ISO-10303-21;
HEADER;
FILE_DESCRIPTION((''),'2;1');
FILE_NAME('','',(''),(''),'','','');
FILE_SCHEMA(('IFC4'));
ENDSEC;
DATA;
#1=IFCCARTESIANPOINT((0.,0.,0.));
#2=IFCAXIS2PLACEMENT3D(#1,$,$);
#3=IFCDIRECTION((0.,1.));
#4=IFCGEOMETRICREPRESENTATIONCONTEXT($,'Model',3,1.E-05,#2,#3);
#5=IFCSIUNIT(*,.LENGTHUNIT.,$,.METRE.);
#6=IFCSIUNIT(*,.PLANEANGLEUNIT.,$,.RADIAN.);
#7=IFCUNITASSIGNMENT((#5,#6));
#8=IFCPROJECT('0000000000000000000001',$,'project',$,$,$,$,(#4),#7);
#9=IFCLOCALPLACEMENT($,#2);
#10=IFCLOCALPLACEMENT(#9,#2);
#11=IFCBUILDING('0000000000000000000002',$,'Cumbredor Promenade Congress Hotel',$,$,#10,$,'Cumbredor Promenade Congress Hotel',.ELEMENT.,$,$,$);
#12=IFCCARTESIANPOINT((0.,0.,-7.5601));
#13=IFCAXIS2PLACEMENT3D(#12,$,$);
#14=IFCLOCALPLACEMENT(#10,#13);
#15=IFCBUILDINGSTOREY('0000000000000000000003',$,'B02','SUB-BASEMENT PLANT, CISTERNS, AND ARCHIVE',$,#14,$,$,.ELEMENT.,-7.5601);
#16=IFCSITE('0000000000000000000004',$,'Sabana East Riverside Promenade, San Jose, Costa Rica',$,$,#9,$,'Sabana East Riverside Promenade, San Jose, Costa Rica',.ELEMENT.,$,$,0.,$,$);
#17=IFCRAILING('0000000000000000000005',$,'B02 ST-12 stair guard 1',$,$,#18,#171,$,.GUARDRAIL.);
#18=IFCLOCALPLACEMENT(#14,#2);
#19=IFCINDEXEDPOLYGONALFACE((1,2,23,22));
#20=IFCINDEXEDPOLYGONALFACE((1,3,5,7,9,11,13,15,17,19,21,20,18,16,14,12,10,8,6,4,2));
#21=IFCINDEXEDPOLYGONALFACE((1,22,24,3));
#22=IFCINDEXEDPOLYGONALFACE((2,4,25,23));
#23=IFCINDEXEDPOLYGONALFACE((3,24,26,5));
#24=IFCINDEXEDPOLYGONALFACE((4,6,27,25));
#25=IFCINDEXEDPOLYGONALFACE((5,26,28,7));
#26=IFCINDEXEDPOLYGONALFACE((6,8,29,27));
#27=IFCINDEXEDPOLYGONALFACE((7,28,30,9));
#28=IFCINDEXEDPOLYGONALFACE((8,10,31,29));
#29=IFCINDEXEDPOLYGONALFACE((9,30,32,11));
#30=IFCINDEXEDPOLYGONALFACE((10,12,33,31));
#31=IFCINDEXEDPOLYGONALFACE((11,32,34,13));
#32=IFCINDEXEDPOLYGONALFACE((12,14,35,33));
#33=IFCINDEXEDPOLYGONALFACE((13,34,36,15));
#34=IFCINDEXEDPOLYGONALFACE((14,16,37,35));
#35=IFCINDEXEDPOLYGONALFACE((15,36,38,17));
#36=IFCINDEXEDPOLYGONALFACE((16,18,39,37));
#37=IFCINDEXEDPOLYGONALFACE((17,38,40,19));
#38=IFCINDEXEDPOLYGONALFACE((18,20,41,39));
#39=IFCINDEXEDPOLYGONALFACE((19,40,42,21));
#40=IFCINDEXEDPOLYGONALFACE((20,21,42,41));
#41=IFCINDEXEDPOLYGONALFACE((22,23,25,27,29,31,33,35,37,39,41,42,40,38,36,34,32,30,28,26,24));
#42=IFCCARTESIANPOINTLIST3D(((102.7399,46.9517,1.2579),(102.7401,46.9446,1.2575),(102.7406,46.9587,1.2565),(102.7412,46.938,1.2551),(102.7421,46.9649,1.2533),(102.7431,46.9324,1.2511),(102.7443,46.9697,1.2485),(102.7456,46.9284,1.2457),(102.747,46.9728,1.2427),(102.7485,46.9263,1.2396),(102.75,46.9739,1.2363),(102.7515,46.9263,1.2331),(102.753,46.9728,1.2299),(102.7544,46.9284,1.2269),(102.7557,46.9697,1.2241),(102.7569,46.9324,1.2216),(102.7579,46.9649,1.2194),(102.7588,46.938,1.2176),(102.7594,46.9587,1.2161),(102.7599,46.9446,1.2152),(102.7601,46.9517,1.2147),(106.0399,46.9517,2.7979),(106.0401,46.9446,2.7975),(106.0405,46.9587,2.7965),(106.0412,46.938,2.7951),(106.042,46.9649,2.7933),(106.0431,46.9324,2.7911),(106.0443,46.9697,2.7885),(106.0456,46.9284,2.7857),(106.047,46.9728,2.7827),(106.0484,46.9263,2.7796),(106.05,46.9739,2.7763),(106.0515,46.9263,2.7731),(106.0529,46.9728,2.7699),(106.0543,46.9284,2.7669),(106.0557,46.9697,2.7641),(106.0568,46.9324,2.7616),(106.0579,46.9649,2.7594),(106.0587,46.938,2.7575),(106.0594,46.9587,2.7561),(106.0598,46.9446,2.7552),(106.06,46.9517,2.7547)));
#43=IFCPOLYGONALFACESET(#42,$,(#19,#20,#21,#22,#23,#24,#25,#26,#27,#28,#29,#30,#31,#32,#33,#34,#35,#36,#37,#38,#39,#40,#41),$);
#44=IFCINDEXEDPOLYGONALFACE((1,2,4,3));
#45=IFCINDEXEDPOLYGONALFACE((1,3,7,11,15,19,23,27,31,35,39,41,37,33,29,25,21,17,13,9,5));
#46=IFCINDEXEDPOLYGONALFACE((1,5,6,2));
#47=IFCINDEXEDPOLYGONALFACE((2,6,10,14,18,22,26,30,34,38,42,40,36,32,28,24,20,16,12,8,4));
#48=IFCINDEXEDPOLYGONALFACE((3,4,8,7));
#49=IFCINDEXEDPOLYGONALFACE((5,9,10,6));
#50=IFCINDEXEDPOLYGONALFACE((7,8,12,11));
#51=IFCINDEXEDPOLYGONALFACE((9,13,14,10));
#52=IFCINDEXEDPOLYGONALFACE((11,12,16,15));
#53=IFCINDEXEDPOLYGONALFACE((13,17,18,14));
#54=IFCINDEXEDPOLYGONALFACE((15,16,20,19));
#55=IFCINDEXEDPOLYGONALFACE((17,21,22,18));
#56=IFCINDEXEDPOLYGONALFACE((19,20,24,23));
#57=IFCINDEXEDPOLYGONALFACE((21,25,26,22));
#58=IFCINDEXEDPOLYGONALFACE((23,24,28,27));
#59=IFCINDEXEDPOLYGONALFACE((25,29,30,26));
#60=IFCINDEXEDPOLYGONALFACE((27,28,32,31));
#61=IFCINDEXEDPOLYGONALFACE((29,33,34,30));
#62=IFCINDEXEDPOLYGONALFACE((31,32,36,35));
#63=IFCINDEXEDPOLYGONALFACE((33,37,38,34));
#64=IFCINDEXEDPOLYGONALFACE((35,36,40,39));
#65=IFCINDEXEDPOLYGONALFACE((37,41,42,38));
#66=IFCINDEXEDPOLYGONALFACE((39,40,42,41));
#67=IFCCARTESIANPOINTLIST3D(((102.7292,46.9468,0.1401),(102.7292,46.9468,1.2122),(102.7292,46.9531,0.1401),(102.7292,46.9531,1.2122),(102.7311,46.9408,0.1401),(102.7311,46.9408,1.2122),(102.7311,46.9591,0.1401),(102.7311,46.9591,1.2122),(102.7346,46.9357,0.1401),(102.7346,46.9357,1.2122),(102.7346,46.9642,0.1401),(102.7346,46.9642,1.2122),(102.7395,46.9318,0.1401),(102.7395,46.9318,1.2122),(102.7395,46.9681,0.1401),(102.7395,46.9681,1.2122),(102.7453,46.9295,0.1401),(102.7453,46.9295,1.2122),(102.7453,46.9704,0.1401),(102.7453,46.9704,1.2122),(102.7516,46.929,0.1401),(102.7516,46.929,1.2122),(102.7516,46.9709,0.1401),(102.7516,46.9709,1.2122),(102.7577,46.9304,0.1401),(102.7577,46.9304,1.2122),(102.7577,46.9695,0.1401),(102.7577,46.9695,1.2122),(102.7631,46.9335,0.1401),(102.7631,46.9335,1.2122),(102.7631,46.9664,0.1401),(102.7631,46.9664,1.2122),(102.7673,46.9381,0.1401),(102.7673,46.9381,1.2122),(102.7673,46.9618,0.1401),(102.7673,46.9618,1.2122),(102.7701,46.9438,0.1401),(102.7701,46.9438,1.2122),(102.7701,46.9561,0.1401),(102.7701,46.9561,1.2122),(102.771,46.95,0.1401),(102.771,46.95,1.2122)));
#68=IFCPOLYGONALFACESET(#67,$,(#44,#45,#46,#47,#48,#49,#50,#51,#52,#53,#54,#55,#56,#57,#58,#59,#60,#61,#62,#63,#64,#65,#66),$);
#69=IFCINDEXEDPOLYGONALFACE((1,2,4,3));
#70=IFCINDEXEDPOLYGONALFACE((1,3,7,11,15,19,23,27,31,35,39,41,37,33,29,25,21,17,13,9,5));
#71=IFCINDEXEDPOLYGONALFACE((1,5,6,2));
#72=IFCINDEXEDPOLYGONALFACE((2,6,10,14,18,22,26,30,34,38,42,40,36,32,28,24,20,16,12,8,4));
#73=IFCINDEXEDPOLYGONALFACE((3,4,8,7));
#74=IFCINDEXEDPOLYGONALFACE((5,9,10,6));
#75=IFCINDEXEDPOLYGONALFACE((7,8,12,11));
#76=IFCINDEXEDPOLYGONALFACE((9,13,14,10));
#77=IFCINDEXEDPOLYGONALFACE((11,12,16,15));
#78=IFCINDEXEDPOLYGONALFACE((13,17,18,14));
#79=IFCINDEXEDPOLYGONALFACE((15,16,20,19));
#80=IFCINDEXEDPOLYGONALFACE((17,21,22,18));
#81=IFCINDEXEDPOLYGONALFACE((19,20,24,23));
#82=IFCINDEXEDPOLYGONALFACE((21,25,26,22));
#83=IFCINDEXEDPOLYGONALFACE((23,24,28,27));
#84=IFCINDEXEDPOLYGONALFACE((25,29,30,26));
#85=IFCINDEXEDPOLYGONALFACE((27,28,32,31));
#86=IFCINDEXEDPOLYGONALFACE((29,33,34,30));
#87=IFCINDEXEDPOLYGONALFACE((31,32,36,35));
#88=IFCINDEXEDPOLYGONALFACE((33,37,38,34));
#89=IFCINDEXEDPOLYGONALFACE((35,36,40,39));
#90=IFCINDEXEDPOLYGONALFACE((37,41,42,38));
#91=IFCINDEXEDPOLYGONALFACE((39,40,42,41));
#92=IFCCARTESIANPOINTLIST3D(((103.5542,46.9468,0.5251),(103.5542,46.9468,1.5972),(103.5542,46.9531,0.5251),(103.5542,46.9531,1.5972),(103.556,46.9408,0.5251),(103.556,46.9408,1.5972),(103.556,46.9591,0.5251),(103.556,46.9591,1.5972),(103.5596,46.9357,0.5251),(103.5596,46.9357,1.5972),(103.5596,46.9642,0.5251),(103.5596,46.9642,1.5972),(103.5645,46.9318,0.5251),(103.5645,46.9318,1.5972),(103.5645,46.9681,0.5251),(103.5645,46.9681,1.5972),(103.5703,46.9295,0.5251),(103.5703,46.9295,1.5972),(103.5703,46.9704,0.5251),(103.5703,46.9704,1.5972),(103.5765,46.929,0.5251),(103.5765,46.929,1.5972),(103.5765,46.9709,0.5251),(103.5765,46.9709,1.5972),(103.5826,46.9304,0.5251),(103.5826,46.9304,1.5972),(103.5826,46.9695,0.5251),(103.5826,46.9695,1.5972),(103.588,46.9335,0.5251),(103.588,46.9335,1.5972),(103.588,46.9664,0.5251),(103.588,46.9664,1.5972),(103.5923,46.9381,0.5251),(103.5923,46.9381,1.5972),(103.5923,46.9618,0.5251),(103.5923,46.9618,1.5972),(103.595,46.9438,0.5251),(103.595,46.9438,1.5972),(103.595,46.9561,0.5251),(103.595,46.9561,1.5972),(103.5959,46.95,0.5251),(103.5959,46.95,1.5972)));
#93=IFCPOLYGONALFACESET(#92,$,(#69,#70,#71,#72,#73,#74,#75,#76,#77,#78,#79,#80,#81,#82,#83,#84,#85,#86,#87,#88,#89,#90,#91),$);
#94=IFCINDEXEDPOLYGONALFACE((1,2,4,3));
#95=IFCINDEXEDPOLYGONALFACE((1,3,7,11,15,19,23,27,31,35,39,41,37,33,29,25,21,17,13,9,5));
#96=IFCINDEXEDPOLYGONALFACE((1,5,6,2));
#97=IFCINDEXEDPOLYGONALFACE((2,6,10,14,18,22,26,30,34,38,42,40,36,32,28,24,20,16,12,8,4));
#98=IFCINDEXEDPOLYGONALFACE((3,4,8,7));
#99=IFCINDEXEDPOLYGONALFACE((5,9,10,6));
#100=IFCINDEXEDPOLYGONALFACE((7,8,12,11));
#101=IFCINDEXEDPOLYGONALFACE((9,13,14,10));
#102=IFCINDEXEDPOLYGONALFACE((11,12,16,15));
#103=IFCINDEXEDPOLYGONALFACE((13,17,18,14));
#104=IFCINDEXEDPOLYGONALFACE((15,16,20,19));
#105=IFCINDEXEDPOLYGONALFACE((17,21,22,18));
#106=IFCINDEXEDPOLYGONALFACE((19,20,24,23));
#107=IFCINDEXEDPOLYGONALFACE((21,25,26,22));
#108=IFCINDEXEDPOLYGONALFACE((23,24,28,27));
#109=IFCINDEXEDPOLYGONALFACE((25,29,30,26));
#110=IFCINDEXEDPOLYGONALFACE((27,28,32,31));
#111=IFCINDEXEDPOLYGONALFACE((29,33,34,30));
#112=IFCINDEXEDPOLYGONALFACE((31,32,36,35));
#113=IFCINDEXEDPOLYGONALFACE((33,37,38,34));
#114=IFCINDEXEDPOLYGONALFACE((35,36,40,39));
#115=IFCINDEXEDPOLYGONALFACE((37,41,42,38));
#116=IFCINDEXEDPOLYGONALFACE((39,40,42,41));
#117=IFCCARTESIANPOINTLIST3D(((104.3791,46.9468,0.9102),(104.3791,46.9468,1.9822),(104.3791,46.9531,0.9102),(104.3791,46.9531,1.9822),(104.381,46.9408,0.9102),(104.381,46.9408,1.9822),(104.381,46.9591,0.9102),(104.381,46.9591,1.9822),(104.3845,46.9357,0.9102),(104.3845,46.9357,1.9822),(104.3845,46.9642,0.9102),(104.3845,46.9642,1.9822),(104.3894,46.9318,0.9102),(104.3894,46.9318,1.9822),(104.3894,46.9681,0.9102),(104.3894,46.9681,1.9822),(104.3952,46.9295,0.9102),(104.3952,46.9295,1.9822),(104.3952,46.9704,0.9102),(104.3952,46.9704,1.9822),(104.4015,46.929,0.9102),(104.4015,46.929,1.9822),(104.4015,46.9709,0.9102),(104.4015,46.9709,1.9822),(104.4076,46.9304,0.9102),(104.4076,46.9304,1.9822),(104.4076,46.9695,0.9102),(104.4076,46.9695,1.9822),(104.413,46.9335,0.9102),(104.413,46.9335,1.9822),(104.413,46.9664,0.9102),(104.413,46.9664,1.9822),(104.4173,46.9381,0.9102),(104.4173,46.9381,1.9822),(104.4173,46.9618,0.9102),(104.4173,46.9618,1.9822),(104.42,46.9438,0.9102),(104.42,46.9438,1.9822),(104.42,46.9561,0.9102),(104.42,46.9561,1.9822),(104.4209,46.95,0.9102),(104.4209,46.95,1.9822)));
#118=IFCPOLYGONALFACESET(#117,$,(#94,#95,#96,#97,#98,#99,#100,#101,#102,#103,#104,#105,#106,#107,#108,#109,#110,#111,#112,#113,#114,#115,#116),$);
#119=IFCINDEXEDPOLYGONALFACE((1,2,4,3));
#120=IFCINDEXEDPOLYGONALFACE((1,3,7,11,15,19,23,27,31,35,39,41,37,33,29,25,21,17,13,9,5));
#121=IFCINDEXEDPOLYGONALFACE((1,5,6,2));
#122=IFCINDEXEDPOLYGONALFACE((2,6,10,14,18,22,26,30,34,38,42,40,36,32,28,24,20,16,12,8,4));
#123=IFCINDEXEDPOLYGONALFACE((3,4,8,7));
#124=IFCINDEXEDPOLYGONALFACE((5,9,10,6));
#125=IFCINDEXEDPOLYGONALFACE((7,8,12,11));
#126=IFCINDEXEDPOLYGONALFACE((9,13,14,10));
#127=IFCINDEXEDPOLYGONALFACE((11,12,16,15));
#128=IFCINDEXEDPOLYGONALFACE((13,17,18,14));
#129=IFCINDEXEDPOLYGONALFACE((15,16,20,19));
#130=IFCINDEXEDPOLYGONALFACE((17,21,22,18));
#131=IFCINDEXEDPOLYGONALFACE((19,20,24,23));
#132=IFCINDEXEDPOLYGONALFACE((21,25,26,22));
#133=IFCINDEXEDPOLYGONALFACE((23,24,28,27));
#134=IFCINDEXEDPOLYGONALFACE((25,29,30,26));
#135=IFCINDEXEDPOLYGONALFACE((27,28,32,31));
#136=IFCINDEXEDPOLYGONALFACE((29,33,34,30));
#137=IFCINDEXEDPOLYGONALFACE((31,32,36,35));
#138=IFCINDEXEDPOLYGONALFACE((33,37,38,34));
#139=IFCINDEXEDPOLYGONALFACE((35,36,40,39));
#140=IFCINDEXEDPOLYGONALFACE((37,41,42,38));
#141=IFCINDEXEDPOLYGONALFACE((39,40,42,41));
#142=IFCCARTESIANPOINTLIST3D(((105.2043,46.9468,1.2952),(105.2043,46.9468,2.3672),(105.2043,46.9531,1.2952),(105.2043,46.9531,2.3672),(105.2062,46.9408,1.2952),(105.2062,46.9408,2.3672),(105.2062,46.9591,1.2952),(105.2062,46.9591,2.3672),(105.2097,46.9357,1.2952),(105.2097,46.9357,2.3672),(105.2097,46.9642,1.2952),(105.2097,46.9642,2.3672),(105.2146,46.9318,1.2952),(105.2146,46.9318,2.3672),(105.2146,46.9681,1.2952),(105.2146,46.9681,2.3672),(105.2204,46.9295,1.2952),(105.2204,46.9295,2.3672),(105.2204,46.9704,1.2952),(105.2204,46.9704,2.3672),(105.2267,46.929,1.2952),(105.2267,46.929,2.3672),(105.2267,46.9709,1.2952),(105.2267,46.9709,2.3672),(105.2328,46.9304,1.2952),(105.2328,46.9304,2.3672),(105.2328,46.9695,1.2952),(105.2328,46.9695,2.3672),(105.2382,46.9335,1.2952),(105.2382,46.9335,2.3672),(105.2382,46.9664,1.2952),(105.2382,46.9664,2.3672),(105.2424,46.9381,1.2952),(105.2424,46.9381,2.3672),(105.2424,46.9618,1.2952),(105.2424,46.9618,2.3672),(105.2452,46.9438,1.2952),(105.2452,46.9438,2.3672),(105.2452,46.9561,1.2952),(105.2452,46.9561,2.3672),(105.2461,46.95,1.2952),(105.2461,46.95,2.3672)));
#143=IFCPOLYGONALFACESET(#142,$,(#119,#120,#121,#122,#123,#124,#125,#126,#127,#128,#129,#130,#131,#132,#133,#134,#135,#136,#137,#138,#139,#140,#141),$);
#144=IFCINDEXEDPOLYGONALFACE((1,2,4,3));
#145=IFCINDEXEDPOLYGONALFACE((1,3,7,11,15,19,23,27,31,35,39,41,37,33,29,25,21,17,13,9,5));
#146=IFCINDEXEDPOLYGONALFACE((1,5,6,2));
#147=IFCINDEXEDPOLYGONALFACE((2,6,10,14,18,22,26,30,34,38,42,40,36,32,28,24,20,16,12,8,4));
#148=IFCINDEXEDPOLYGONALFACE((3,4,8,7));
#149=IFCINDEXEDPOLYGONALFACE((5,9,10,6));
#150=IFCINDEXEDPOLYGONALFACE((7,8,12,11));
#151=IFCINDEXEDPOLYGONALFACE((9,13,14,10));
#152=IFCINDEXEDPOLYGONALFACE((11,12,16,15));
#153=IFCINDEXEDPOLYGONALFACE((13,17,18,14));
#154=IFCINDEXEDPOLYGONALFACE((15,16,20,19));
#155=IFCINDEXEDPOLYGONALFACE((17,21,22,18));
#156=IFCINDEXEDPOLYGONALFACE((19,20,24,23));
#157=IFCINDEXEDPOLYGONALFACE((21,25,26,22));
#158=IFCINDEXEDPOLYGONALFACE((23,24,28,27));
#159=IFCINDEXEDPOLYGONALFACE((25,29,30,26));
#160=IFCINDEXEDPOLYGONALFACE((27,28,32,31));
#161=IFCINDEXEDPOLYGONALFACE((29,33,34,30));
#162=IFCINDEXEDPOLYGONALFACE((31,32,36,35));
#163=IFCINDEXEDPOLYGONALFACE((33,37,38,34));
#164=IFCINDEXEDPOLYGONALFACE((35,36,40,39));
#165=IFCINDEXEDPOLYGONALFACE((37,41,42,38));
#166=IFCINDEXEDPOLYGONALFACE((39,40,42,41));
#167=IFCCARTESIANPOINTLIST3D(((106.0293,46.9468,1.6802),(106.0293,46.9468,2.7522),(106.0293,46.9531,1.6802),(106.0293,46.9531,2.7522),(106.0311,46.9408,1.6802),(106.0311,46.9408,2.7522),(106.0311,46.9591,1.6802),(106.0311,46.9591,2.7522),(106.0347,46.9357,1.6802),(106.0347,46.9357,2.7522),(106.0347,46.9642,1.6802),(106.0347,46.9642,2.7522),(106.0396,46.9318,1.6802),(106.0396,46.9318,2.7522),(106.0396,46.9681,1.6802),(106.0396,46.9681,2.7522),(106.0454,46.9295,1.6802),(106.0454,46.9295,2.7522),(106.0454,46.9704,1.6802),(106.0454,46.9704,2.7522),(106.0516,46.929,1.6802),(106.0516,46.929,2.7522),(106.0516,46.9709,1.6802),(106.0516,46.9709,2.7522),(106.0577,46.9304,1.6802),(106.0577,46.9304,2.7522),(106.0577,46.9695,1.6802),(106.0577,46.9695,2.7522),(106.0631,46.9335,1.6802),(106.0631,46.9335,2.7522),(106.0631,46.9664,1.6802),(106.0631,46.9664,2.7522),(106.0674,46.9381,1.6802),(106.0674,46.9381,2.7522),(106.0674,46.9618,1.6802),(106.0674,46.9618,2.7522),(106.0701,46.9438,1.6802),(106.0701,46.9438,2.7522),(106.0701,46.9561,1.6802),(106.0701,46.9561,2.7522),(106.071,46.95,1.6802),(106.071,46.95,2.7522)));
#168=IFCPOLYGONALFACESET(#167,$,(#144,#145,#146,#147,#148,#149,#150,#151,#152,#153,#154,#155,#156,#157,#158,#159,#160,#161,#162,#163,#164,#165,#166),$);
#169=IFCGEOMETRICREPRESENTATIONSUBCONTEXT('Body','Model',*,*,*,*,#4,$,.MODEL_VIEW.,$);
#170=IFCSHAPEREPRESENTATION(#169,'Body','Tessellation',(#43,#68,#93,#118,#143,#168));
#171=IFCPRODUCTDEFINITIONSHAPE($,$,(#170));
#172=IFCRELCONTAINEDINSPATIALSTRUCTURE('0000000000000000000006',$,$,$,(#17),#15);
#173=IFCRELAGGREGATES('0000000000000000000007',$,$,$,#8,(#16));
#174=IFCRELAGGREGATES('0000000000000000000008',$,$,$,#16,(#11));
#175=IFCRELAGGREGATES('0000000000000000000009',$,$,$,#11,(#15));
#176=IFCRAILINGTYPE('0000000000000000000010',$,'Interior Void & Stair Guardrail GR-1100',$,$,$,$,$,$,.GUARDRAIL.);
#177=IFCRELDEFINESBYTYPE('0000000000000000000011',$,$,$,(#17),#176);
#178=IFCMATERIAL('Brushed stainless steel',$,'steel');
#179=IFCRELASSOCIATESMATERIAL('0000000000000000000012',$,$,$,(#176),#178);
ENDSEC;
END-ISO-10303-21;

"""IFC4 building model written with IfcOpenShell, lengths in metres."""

from ifc_helpers import new_model, si_unit, direction, frame, origin, origin_2d, place, context, subcontext, project, spatial, circle, extrude, material, type_object, element, save


model = new_model("IFC4")

# Units and contexts
model_context = context("Model", 3, precision=1e-05, world=origin(), true_north=direction((0.0, 1.0)))
body_context = subcontext(model_context, "Body", "Model", "MODEL_VIEW")
ifc_project = project(units=[si_unit("LENGTHUNIT", "METRE"), si_unit("PLANEANGLEUNIT", "RADIAN")], contexts=[model_context])

# Site, building, storey
site_placement = place(None, origin())
site = spatial("IfcSite", under=ifc_project, at=site_placement, Name="Sabana East Riverside Promenade, San Jose, Costa Rica", LongName="Sabana East Riverside Promenade, San Jose, Costa Rica", CompositionType="ELEMENT", RefElevation=0.0)
building_placement = place(site_placement, origin())
building = spatial("IfcBuilding", under=site, at=building_placement, Name="Cumbredor Promenade Congress Hotel", LongName="Cumbredor Promenade Congress Hotel", CompositionType="ELEMENT")
storey_placement = place(building_placement, frame((0.0, 0.0, -7.5601)))
storey = spatial("IfcBuildingStorey", under=building, at=storey_placement, Name="B02", Description="SUB-BASEMENT PLANT, CISTERNS, AND ARCHIVE", CompositionType="ELEMENT", Elevation=-7.5601)

# Railing
ifc_material_1 = material(Name="Brushed stainless steel", Category="steel")
railing_type_1 = type_object("IfcRailingType", Name="Interior Void & Stair Guardrail GR-1100", PredefinedType="GUARDRAIL", material=ifc_material_1)
railing_1_placement = place(storey_placement, frame((102.75, 46.95, 0.1401)))
element("IfcRailing", 1, at=railing_1_placement, inside=storey, type_object=railing_type_1, Name="B02 ST-12 stair guard 1", PredefinedType="GUARDRAIL", context=body_context, shape_type="SweptSolid", body=[
    extrude(circle(Radius=0.0239, at=origin_2d()), frame((0.0, 0.0, 1.0962), z_axis=(0.906181, 0.0, 0.422889), x_axis=(0.0, 1.0, 0.0)), (0.0, 0.0, 1.0), 3.6416),
    extrude(circle(Radius=0.021, at=origin_2d()), origin(), (0.0, 0.0, 1.0), 1.072),
    extrude(circle(Radius=0.021, at=origin_2d()), frame((0.825, 0.0, 0.385)), (0.0, 0.0, 1.0), 1.072),
    extrude(circle(Radius=0.021, at=origin_2d()), frame((1.6499, 0.0, 0.77)), (0.0, 0.0, 1.0), 1.072),
    extrude(circle(Radius=0.021, at=origin_2d()), frame((2.4751, 0.0, 1.155)), (0.0, 0.0, 1.0), 1.072),
    extrude(circle(Radius=0.021, at=origin_2d()), frame((3.3, 0.0, 1.54)), (0.0, 0.0, 1.0), 1.072),
])

save(model, "model.ifc")
